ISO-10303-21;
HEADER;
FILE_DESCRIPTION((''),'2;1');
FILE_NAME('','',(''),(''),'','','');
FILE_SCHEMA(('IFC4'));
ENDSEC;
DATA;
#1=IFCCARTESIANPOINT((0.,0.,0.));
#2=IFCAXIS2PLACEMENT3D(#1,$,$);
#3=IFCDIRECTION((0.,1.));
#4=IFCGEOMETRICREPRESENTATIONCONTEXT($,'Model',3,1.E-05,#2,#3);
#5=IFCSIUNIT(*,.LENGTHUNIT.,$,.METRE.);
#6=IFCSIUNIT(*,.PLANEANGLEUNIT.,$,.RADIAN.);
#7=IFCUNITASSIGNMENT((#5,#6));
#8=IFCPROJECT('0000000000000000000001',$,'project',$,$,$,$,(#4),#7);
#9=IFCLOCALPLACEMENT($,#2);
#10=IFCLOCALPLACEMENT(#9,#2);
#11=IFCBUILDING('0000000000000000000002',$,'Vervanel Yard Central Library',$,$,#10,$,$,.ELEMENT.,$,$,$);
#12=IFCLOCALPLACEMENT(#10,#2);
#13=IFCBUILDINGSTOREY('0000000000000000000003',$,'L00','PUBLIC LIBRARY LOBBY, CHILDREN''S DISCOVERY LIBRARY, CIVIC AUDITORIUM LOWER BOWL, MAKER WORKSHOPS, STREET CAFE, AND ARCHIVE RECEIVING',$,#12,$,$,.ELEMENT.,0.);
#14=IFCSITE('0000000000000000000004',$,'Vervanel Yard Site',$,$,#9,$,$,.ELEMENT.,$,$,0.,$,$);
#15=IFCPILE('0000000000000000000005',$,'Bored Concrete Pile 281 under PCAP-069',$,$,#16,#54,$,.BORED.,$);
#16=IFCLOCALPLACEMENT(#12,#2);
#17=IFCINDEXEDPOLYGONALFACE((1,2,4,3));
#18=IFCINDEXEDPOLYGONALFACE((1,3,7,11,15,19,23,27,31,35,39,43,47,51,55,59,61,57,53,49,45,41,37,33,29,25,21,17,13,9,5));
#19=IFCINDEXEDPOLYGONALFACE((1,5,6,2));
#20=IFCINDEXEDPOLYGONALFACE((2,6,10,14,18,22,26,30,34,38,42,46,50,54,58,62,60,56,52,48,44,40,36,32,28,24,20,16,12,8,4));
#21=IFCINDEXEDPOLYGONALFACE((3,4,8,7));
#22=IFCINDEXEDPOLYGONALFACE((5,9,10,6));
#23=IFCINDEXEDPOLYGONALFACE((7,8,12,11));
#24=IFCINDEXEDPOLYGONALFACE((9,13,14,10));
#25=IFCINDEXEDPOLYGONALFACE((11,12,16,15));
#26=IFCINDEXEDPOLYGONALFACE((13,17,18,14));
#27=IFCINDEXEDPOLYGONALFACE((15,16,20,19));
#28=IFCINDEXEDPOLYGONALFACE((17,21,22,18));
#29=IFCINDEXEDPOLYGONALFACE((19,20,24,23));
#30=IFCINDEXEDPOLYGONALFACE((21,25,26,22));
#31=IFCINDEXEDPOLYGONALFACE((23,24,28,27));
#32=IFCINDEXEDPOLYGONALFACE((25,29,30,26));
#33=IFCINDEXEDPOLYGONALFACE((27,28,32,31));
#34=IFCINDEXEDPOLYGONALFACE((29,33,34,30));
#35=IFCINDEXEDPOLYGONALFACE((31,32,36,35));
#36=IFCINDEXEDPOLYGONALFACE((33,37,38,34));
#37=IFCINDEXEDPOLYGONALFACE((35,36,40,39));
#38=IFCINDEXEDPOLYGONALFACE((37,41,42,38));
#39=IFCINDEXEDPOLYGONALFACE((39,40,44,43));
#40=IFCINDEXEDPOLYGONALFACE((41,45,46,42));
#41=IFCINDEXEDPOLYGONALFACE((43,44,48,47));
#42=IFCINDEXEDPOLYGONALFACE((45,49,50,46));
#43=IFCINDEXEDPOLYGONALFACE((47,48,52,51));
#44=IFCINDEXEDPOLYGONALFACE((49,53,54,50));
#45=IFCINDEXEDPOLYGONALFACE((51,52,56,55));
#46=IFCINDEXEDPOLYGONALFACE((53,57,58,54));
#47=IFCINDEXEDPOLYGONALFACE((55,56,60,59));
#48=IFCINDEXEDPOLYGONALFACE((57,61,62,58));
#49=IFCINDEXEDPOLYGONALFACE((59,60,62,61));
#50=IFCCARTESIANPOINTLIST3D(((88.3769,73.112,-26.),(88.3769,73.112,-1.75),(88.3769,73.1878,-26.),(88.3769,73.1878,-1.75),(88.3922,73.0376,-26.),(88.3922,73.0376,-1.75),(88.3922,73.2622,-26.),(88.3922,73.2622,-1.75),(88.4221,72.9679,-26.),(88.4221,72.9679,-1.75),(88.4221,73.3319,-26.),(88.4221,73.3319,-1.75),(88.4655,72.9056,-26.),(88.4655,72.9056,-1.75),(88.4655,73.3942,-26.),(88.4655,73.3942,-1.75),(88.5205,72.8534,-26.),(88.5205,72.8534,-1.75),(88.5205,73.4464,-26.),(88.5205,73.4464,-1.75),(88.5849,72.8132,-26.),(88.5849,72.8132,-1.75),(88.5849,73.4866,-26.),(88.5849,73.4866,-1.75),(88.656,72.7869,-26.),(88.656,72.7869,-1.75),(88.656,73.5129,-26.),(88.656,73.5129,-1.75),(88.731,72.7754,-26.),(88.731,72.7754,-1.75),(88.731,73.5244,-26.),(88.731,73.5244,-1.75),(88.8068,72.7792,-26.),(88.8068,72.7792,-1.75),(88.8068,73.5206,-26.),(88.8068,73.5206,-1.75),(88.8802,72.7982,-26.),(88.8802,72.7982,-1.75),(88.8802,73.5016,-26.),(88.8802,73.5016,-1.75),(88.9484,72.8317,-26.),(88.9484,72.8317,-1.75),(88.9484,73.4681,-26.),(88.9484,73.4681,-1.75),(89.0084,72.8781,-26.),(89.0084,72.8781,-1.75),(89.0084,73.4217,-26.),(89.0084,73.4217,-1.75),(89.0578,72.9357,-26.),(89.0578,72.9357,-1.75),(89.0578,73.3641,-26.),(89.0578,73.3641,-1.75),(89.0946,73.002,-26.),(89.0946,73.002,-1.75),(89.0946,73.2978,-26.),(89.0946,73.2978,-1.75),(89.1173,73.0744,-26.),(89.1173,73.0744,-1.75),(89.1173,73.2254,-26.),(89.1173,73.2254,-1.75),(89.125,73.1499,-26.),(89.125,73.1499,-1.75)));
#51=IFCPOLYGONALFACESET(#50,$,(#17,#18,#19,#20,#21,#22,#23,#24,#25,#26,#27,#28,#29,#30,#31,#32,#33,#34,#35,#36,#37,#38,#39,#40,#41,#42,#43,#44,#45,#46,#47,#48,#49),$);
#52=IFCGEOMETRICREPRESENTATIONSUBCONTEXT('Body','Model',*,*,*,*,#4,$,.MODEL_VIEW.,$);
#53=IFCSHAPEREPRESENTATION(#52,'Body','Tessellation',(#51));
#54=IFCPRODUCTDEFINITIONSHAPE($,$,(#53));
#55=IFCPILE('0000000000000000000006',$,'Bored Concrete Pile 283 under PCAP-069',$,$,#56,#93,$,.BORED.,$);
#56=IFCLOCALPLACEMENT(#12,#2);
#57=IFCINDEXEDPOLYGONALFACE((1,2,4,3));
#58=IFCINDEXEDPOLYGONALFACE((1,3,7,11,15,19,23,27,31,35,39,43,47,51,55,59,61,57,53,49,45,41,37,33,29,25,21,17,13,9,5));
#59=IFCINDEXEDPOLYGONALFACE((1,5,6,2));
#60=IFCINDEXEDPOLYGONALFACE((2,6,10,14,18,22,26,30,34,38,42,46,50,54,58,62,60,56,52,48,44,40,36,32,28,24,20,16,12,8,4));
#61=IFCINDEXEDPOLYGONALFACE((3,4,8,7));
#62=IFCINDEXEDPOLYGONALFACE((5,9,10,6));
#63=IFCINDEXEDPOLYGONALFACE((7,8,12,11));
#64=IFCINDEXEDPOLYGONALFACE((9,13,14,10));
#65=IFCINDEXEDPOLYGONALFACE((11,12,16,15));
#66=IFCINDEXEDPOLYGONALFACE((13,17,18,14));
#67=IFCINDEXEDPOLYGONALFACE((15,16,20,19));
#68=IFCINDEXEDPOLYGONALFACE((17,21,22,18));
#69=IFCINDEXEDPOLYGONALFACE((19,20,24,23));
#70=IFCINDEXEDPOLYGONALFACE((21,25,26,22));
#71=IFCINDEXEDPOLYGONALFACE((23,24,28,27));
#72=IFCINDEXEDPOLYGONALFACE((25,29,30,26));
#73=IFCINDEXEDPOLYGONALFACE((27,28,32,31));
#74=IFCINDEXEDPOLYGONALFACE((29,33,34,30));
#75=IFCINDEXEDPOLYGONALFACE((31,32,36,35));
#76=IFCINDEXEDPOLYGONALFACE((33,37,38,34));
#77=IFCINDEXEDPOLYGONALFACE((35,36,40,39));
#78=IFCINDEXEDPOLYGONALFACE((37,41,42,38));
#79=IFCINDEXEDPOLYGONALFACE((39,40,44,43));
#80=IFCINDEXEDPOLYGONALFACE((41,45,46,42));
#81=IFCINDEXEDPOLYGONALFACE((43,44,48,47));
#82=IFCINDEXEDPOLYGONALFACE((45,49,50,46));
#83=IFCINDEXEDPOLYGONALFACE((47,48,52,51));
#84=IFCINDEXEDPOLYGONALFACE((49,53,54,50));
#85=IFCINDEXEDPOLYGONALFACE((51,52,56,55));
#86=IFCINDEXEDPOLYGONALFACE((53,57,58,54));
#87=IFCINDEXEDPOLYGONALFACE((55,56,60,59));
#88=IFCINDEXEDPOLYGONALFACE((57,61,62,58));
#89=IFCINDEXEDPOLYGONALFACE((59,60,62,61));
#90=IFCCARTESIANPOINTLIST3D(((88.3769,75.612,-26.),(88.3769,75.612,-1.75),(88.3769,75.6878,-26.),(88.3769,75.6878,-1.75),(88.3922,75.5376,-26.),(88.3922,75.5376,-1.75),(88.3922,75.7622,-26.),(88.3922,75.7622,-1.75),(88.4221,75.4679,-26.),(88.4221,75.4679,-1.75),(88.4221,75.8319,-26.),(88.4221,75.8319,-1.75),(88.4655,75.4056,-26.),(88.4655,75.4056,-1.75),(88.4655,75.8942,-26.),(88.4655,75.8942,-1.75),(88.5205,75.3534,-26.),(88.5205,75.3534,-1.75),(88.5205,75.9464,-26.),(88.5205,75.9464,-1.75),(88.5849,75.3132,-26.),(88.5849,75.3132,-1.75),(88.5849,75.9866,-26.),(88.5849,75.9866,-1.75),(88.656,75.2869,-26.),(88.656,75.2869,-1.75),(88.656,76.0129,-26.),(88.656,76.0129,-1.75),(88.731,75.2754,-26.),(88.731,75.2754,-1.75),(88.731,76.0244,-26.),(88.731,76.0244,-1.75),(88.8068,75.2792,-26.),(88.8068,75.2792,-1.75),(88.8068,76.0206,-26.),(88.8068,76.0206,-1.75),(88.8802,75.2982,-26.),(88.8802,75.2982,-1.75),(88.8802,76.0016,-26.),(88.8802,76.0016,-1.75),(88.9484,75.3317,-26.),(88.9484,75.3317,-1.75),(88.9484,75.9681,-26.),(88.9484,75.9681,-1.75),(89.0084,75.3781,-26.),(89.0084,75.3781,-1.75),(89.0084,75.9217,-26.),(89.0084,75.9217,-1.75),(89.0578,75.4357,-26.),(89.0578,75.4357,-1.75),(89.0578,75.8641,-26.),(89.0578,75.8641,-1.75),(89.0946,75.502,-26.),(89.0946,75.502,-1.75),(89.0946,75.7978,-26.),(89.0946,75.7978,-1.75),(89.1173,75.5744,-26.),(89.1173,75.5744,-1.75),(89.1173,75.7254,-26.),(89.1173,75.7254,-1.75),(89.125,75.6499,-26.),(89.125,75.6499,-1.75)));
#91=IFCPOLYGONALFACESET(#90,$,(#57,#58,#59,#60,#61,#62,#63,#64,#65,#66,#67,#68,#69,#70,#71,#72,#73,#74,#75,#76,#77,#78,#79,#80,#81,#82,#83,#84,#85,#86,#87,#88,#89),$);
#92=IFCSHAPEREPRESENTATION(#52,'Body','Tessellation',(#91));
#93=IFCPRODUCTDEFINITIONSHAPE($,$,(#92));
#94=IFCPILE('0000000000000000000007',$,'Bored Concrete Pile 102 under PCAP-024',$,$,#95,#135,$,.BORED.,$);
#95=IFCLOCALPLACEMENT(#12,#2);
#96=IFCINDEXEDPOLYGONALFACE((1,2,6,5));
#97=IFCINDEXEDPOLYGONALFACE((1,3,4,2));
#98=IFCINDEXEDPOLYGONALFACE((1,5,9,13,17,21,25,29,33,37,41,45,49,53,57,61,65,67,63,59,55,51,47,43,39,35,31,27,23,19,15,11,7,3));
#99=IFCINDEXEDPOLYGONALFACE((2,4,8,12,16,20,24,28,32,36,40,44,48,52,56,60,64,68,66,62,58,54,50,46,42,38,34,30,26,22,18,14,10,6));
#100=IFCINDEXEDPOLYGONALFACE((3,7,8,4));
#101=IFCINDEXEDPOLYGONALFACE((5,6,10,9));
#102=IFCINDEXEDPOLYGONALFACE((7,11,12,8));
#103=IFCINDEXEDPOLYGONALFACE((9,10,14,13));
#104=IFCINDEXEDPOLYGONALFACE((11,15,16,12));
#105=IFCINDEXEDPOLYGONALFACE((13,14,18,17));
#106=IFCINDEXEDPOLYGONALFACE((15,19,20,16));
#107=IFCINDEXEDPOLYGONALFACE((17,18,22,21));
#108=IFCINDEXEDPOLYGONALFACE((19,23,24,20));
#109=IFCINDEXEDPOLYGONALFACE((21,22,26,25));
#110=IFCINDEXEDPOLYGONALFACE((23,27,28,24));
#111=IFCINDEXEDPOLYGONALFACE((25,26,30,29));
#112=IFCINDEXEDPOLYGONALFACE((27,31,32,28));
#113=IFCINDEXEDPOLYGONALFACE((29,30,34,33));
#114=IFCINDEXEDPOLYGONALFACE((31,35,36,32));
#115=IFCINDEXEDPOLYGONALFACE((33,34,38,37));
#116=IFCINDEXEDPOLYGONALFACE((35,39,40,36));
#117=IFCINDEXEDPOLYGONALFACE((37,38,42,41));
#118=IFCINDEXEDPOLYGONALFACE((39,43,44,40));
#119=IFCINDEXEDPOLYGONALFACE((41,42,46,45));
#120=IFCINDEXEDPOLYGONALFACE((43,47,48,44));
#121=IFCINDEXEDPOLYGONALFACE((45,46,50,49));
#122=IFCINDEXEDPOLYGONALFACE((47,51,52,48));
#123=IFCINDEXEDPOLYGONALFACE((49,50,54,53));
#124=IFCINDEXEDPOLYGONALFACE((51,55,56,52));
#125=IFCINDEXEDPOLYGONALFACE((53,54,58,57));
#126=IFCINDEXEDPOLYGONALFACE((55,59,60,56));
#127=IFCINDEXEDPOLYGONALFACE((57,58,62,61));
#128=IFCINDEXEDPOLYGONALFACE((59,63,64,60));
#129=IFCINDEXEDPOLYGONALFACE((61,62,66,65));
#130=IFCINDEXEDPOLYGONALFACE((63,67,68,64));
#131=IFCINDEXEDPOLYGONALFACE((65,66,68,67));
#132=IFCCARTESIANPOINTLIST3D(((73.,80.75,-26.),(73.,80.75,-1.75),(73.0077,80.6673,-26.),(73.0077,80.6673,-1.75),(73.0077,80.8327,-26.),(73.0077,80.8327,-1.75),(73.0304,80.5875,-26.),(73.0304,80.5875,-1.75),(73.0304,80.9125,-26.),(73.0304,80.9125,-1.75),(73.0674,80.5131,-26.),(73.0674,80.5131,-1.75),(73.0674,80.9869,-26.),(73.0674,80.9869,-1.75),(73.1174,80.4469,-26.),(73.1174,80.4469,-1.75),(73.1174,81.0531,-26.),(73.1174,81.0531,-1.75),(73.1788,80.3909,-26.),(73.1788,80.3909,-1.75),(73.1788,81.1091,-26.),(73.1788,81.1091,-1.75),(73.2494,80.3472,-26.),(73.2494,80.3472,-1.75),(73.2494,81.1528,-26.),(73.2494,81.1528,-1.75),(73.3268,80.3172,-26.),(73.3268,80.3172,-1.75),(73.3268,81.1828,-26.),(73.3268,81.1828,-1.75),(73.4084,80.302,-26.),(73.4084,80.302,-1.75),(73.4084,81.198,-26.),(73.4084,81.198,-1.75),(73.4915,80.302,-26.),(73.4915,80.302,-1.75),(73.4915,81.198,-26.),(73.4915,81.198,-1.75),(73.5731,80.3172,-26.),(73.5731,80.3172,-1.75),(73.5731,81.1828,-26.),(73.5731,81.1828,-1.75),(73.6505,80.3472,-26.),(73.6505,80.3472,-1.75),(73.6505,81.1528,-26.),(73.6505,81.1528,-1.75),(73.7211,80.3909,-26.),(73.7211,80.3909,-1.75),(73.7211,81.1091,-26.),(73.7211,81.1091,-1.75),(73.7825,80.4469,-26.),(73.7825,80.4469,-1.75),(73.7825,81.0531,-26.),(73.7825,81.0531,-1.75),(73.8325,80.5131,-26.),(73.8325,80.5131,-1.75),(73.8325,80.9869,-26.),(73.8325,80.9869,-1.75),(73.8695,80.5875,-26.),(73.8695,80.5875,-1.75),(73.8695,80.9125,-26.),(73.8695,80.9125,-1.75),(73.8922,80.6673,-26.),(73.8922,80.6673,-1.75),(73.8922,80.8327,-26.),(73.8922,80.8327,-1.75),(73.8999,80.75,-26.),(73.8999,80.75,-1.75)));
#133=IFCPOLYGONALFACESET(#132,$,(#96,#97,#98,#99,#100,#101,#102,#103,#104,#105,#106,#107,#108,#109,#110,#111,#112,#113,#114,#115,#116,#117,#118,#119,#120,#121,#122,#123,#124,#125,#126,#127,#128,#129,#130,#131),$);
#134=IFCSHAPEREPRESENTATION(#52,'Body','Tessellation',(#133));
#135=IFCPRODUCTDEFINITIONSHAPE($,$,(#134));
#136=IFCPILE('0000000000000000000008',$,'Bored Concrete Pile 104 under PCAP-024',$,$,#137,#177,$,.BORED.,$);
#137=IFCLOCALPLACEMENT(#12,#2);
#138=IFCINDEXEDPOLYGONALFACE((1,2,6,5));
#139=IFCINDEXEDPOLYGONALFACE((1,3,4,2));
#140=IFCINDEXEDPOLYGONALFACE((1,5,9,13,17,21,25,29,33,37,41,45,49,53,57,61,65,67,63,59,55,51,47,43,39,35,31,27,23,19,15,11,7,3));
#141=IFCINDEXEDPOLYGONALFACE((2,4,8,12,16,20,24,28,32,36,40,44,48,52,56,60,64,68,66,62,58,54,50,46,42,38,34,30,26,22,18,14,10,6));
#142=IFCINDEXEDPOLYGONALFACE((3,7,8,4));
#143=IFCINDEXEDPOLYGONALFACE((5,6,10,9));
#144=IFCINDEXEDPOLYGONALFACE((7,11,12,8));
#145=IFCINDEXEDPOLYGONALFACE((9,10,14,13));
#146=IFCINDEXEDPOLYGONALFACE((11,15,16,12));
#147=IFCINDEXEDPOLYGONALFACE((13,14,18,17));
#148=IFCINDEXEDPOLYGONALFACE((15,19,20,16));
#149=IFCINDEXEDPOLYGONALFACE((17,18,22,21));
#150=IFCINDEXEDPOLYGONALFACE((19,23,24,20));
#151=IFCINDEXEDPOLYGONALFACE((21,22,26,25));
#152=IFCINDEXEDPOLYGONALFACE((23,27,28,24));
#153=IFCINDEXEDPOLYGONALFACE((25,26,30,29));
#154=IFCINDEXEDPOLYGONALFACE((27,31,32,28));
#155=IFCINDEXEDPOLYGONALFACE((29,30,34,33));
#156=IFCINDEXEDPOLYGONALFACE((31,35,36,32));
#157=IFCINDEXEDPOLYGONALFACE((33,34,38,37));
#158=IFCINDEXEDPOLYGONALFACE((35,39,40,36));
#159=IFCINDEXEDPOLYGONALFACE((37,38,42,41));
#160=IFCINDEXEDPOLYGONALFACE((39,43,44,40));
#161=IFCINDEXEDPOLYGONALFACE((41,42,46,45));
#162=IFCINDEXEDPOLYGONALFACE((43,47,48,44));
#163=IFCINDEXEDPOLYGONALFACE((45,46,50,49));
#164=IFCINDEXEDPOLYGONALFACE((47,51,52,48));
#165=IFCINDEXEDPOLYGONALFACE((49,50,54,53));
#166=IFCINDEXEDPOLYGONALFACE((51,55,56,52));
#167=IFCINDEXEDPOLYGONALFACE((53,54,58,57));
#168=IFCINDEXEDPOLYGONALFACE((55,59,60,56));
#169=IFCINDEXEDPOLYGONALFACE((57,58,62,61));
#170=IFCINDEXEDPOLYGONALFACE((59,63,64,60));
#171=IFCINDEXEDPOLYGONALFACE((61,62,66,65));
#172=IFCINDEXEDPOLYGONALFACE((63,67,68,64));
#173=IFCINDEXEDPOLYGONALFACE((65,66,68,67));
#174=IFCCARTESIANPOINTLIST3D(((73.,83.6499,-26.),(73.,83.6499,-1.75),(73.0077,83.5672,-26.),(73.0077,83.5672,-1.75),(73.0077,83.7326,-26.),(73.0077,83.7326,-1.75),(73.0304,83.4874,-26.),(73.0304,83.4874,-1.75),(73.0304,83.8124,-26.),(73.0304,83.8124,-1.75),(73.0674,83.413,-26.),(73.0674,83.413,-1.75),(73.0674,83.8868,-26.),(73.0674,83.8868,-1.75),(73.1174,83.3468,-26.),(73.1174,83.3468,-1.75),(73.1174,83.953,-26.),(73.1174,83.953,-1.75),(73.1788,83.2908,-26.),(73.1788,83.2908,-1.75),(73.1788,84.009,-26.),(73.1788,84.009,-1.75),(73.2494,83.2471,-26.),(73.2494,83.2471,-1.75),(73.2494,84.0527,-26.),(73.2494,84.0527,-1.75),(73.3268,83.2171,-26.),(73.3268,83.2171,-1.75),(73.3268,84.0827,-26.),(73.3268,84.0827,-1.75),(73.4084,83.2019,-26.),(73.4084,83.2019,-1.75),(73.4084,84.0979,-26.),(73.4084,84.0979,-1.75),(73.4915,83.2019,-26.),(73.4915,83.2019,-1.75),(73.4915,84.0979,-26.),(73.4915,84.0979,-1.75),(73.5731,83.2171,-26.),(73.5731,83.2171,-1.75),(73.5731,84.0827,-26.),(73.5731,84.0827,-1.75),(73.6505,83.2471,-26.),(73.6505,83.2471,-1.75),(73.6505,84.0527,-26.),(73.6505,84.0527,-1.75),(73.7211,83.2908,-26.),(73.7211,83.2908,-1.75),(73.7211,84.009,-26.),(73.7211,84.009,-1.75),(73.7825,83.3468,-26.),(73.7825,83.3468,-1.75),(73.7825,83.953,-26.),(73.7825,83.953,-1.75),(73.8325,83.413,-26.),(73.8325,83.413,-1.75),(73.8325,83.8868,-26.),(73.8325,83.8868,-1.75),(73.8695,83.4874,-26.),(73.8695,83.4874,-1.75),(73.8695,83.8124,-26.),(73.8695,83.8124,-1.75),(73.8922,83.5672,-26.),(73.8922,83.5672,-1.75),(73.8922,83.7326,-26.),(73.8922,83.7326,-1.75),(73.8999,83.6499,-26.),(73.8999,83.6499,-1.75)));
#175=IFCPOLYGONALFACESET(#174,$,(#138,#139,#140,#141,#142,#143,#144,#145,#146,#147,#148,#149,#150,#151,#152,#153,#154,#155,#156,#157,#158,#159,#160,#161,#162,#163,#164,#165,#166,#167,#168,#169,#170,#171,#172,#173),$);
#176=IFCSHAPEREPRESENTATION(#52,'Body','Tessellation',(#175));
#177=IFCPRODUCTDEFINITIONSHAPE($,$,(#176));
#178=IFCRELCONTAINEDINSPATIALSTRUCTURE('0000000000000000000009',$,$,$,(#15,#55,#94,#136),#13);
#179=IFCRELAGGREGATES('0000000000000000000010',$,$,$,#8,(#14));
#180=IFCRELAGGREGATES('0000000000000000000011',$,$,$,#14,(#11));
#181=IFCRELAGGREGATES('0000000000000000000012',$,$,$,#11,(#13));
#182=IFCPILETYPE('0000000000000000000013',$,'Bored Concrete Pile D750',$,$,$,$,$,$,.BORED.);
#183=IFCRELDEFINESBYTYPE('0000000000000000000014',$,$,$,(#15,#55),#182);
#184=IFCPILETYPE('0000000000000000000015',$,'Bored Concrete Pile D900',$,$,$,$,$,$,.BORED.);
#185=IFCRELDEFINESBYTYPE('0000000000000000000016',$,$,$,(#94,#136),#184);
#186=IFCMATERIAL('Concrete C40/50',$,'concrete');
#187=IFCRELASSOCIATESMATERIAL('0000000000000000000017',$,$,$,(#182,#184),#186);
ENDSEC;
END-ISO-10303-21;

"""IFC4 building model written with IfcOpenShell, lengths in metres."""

from ifc_helpers import new_model, si_unit, direction, frame, origin, origin_2d, place, context, subcontext, project, spatial, circle, extrude, material, material_profile, profile_set, type_object, element, save


model = new_model("IFC4")

# Units and contexts
model_context = context("Model", 3, precision=1e-05, world=origin(), true_north=direction((0.0, 1.0)))
body_context = subcontext(model_context, "Body", "Model", "MODEL_VIEW")
ifc_project = project(units=[si_unit("LENGTHUNIT", "METRE"), si_unit("PLANEANGLEUNIT", "RADIAN")], contexts=[model_context])

# Site, building, storey
site_placement = place(None, origin())
site = spatial("IfcSite", under=ifc_project, at=site_placement, Name="Vervanel Yard Site", CompositionType="ELEMENT", RefElevation=0.0)
building_placement = place(site_placement, origin())
building = spatial("IfcBuilding", under=site, at=building_placement, Name="Vervanel Yard Central Library", CompositionType="ELEMENT")
storey_placement = place(building_placement, origin())
storey = spatial("IfcBuildingStorey", under=building, at=storey_placement, Name="L00", Description="PUBLIC LIBRARY LOBBY, CHILDREN'S DISCOVERY LIBRARY, CIVIC AUDITORIUM LOWER BOWL, MAKER WORKSHOPS, STREET CAFE, AND ARCHIVE RECEIVING", CompositionType="ELEMENT", Elevation=0.0)

# Piles
ifc_material_1 = material(Name="Concrete C40/50", Category="concrete")
ifc_material_profile_1 = material_profile(ifc_material_1, circle(Radius=0.375, at=origin_2d()), Name="BP D750", Category="concrete")
ifc_profile_set_1 = profile_set([ifc_material_profile_1], Name="Concrete C40/50")
pile_type_1 = type_object("IfcPileType", Name="Bored Concrete Pile D750", PredefinedType="BORED", material=ifc_profile_set_1)
for number, where, z_axis, x_axis, name in (
    (1, (88.75, 73.1499, -1.75), (0.0, 0.0, -1.0), (1.0, 0.0, 0.0), "Bored Concrete Pile 281 under PCAP-069"),
    (2, (88.75, 75.6499, -1.75), (0.0, 0.0, -1.0), (1.0, 0.0, 0.0), "Bored Concrete Pile 283 under PCAP-069"),
):
    element("IfcPile", number, at=place(storey_placement, frame(where, z_axis=z_axis, x_axis=x_axis)), inside=storey, type_object=pile_type_1, Name=name, PredefinedType="BORED", context=body_context, shape_type="SweptSolid", body=[
        extrude(circle(Radius=0.375, at=origin_2d()), origin(), (0.0, 0.0, 1.0), 24.25),
    ])
ifc_material_profile_2 = material_profile(ifc_material_1, circle(Radius=0.45, at=origin_2d()), Name="BP D900", Category="concrete")
ifc_profile_set_2 = profile_set([ifc_material_profile_2], Name="Concrete C40/50")
pile_type_2 = type_object("IfcPileType", Name="Bored Concrete Pile D900", PredefinedType="BORED", material=ifc_profile_set_2)
for number, where, z_axis, x_axis, name in (
    (3, (73.45, 80.75, -1.75), (0.0, 0.0, -1.0), (1.0, 0.0, 0.0), "Bored Concrete Pile 102 under PCAP-024"),
    (4, (73.45, 83.6499, -1.75), (0.0, 0.0, -1.0), (1.0, 0.0, 0.0), "Bored Concrete Pile 104 under PCAP-024"),
):
    element("IfcPile", number, at=place(storey_placement, frame(where, z_axis=z_axis, x_axis=x_axis)), inside=storey, type_object=pile_type_2, Name=name, PredefinedType="BORED", context=body_context, shape_type="SweptSolid", body=[
        extrude(circle(Radius=0.45, at=origin_2d()), origin(), (0.0, 0.0, 1.0), 24.25),
    ])

save(model, "model.ifc")
